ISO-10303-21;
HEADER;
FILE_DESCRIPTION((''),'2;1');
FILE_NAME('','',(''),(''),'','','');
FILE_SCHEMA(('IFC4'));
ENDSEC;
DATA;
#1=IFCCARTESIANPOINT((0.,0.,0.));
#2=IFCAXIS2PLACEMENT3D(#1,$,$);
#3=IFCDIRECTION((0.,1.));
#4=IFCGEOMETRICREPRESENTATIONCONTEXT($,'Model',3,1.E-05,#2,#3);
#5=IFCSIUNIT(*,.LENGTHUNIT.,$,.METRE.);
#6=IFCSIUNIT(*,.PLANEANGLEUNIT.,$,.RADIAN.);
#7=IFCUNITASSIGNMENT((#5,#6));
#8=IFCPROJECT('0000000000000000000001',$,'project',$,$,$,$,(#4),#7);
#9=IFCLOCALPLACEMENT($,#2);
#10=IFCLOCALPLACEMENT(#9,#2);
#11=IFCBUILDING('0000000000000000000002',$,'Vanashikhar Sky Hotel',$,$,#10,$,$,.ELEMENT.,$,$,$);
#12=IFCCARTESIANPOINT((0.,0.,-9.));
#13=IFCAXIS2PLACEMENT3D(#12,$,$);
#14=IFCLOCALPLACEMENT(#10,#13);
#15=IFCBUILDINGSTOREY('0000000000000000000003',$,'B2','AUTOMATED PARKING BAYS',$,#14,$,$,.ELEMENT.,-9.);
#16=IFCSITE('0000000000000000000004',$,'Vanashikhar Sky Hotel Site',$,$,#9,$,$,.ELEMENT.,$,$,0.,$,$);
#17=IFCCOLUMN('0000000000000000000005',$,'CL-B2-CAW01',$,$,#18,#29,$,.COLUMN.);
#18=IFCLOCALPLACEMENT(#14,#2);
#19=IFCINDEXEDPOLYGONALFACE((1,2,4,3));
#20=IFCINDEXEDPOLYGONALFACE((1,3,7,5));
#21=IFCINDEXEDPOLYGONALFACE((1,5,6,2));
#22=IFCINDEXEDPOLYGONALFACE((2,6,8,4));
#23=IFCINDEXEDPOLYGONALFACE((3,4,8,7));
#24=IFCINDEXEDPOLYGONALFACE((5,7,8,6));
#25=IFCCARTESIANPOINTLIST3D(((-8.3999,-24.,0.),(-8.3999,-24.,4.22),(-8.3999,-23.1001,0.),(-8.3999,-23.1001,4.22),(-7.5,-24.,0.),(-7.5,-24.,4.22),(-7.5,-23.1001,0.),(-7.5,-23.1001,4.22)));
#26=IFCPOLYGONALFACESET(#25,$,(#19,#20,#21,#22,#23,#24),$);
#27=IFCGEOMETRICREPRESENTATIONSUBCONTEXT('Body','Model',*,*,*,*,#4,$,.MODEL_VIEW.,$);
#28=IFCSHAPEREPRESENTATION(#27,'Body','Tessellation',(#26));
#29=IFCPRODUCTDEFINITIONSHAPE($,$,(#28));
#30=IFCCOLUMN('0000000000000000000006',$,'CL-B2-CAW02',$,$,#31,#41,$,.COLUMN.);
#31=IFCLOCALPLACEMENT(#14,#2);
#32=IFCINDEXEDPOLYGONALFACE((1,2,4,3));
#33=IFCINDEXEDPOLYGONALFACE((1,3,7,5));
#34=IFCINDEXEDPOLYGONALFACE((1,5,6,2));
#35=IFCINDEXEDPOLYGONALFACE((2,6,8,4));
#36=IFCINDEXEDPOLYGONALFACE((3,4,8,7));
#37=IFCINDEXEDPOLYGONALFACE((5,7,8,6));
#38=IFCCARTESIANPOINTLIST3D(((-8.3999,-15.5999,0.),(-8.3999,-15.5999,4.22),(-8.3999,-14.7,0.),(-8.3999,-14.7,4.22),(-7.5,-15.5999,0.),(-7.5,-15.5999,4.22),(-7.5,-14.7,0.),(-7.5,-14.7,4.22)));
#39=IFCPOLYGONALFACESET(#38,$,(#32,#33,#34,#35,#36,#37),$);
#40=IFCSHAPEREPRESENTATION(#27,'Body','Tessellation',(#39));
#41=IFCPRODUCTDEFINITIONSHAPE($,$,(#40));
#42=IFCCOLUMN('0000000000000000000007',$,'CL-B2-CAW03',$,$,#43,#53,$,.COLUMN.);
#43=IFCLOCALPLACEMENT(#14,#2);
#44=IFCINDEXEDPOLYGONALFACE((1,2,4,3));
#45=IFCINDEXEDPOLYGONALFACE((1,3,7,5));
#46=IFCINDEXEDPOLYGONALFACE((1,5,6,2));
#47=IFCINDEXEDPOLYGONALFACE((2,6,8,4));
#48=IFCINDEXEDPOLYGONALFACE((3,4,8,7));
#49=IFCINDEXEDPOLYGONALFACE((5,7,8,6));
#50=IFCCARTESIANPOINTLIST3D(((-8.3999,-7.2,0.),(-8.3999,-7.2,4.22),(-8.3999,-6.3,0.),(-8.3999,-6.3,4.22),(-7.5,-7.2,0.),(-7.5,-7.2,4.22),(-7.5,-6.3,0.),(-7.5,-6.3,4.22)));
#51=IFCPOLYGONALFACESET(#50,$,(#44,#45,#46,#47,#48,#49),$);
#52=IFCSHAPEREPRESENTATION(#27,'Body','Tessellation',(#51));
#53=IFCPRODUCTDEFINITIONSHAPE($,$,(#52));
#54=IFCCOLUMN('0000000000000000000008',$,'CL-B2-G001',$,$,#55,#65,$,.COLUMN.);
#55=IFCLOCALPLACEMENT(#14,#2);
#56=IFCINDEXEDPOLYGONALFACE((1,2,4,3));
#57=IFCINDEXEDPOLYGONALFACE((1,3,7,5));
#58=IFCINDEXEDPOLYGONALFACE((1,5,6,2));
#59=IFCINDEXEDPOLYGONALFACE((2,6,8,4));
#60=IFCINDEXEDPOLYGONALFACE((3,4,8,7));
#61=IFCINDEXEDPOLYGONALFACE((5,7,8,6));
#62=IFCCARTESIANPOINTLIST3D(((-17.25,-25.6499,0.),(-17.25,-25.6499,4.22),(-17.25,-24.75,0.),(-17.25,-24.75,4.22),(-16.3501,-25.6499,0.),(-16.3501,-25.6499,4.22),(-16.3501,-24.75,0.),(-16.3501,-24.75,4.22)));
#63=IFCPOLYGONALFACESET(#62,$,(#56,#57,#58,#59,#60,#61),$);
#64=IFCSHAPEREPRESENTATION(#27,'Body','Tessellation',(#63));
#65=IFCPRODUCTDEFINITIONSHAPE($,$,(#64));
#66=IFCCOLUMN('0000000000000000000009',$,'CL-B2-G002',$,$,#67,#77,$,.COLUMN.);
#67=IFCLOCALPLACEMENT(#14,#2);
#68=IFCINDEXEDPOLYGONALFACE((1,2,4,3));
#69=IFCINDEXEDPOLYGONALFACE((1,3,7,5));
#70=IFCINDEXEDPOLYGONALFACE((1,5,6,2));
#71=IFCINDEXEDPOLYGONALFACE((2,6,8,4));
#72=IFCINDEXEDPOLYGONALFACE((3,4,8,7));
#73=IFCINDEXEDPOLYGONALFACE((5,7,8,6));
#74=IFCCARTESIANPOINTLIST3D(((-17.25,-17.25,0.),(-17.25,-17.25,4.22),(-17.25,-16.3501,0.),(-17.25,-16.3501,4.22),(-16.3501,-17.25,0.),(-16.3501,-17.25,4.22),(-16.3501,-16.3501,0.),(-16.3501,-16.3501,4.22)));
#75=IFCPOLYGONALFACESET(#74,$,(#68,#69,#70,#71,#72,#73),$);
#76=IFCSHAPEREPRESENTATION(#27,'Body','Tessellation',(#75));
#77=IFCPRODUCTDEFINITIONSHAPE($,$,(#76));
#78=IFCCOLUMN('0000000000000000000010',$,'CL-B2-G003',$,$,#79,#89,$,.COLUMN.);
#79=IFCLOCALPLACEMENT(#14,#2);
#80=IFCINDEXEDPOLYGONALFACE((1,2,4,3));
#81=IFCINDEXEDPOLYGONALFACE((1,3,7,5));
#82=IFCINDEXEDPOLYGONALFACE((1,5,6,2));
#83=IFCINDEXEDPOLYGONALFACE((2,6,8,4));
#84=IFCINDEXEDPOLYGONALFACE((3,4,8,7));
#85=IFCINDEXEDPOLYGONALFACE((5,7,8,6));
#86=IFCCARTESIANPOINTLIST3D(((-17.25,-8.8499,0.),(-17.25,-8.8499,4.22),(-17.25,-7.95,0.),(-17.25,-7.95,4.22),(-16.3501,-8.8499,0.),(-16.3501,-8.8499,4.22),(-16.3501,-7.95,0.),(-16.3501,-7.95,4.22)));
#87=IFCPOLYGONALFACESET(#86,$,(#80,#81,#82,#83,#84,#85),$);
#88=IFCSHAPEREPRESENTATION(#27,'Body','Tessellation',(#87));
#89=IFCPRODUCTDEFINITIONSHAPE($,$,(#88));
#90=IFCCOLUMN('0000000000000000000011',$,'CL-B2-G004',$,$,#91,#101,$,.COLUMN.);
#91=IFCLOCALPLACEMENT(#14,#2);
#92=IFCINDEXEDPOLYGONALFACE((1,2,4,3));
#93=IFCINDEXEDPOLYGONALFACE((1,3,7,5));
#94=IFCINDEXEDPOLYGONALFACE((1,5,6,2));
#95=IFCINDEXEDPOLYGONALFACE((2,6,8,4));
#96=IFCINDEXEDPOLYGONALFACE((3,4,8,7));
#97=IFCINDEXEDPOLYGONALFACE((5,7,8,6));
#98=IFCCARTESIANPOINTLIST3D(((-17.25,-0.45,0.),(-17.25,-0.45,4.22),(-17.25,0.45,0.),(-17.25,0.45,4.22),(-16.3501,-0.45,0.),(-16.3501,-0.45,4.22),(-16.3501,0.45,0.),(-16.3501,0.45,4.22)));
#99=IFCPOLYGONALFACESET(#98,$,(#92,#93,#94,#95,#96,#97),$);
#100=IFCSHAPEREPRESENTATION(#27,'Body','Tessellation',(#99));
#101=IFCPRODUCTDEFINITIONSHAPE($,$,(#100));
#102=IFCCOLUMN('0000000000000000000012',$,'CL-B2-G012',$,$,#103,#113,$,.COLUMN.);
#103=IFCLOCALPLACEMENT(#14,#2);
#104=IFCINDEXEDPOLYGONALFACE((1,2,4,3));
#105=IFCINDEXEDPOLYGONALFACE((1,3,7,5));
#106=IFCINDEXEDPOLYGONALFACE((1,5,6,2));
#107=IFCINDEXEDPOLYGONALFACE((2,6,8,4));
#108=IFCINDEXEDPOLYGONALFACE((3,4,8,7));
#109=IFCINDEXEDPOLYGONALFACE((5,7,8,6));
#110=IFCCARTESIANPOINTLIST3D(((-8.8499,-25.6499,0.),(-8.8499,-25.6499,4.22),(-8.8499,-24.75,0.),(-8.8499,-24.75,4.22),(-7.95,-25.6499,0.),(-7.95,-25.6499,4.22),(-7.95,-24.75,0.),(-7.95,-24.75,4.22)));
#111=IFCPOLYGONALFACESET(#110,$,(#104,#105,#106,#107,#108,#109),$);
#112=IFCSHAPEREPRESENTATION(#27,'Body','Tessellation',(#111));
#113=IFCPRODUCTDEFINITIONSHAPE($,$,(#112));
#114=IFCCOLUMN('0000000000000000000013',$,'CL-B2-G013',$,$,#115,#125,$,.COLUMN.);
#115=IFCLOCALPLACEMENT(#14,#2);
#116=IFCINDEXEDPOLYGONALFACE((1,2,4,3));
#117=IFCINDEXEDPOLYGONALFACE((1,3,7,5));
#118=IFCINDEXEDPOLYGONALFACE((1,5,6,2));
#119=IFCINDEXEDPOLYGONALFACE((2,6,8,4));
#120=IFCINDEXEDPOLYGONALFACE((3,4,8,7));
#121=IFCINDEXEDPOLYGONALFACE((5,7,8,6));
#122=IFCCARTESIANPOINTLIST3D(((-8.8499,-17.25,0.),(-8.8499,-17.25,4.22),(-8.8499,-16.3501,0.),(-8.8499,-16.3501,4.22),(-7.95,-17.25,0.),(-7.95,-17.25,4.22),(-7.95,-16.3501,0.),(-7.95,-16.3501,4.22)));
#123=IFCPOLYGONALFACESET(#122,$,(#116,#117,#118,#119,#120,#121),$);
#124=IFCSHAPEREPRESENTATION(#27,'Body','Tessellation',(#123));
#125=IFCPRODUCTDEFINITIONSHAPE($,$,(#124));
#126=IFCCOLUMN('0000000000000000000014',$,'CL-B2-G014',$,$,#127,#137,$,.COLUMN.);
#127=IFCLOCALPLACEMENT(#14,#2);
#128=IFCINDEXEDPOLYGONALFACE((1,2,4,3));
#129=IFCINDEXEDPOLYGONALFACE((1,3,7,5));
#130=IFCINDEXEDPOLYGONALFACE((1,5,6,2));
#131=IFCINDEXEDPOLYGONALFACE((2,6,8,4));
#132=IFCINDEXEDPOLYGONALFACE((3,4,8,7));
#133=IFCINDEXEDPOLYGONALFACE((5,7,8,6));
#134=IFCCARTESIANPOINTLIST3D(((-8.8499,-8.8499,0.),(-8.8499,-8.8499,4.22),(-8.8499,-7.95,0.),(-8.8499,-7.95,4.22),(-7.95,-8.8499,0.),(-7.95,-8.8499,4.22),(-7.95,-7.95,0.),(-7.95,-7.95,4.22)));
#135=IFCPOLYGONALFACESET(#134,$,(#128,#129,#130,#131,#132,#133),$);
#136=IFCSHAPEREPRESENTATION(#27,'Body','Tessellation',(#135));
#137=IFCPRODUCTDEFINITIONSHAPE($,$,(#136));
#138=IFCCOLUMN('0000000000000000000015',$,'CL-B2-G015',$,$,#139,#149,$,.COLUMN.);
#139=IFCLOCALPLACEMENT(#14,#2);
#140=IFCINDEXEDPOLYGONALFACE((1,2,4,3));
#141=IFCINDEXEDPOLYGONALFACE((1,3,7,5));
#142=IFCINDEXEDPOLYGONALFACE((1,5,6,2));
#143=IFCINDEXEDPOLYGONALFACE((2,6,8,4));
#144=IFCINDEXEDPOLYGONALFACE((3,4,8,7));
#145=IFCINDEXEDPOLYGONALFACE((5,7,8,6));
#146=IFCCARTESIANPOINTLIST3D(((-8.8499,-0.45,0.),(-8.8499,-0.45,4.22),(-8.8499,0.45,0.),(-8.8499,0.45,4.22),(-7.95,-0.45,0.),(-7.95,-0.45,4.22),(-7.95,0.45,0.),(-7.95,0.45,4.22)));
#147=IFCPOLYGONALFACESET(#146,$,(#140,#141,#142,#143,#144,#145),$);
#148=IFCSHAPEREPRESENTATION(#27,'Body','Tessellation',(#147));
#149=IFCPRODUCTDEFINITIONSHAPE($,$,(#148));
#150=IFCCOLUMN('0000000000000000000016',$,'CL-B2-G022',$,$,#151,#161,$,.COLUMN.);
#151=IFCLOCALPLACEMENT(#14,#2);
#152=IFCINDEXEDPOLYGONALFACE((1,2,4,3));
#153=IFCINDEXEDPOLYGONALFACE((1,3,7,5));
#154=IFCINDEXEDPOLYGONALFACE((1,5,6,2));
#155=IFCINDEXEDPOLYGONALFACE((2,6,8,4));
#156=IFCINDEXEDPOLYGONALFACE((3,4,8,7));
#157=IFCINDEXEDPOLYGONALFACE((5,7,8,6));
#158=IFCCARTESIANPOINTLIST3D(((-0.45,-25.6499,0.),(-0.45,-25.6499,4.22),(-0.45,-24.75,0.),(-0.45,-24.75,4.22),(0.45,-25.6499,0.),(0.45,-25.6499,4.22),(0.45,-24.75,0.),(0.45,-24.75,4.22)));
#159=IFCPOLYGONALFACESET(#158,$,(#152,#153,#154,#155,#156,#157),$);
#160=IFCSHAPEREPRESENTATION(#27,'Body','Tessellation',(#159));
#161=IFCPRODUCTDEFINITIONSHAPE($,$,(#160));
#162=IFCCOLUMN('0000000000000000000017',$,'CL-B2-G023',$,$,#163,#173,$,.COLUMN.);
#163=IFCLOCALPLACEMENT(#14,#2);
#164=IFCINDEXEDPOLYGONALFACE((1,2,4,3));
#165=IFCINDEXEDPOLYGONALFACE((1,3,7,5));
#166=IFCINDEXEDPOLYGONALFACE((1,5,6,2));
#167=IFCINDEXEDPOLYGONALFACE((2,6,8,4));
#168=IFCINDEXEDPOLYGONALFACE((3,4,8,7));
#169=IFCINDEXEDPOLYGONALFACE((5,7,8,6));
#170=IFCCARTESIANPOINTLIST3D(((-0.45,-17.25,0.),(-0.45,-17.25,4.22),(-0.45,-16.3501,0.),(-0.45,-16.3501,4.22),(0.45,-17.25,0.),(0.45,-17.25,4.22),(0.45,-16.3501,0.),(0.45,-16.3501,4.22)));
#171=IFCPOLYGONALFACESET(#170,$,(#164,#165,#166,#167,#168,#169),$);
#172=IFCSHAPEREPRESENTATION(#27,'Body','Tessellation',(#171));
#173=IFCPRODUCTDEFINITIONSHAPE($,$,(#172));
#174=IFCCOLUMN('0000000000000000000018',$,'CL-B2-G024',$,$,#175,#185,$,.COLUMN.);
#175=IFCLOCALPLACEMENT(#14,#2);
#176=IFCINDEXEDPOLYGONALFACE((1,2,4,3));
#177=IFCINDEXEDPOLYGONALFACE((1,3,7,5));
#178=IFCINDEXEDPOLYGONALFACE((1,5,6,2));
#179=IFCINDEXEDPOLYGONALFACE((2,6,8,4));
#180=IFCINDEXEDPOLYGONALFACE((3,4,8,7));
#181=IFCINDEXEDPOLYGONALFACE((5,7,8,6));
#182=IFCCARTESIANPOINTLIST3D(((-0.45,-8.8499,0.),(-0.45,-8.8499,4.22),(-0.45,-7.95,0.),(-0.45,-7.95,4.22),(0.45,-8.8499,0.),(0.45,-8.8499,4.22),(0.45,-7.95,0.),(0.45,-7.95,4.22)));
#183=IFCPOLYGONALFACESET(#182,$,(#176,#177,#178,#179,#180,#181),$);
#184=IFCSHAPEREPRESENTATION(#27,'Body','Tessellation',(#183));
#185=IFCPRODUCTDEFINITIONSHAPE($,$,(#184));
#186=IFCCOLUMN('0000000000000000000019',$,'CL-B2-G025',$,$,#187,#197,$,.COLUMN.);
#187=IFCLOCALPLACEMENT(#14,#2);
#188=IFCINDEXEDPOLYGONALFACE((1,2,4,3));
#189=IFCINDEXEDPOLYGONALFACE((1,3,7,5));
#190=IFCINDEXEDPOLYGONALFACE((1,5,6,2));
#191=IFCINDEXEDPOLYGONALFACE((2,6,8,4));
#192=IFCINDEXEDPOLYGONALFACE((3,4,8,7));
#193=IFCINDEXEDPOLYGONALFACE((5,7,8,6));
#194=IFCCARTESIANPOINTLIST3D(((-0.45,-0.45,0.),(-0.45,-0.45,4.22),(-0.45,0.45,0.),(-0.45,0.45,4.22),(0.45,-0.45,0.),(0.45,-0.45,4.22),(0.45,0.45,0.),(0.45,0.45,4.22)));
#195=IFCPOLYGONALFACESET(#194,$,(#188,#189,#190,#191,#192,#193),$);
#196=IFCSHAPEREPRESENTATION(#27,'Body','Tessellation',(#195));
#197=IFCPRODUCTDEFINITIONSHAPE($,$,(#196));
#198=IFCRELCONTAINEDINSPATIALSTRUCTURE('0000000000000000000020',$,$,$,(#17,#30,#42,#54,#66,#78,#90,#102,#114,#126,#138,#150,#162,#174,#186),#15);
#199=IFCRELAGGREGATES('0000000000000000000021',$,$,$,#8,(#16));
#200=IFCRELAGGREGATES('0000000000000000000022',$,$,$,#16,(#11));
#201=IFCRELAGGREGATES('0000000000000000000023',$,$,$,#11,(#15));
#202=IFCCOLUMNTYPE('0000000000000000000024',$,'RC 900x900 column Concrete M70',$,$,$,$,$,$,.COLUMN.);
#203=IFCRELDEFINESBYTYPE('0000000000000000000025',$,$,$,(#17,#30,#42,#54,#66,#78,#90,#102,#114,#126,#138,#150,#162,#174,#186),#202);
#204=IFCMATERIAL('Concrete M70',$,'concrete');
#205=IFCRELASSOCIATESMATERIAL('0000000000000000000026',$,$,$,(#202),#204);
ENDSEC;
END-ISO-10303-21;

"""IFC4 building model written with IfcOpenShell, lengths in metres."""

from ifc_helpers import new_model, si_unit, direction, frame, origin, origin_2d, place, context, subcontext, project, spatial, rectangle, extrude, source, transform, mapped, material, material_profile, profile_set, type_object, element, save


model = new_model("IFC4")

# Units and contexts
model_context = context("Model", 3, precision=1e-05, world=origin(), true_north=direction((0.0, 1.0)))
body_context = subcontext(model_context, "Body", "Model", "MODEL_VIEW")
ifc_project = project(units=[si_unit("LENGTHUNIT", "METRE"), si_unit("PLANEANGLEUNIT", "RADIAN")], contexts=[model_context])

# Site, building, storey
site_placement = place(None, origin())
site = spatial("IfcSite", under=ifc_project, at=site_placement, Name="Vanashikhar Sky Hotel Site", CompositionType="ELEMENT", RefElevation=0.0)
building_placement = place(site_placement, origin())
building = spatial("IfcBuilding", under=site, at=building_placement, Name="Vanashikhar Sky Hotel", CompositionType="ELEMENT")
storey_placement = place(building_placement, frame((0.0, 0.0, -9.0)))
storey = spatial("IfcBuildingStorey", under=building, at=storey_placement, Name="B2", Description="AUTOMATED PARKING BAYS", CompositionType="ELEMENT", Elevation=-9.0)

# Columns
ifc_material_1 = material(Name="Concrete M70", Category="concrete")
ifc_material_profile = material_profile(ifc_material_1, rectangle(XDim=0.8999, YDim=0.8999, at=origin_2d()))
ifc_profile_set = profile_set([ifc_material_profile], Name="RC 900x900 column Concrete M70")
column_type = type_object("IfcColumnType", Name="RC 900x900 column Concrete M70", PredefinedType="COLUMN", material=ifc_profile_set)
shared_shape_1 = source(origin(), body_context, "Body", "SweptSolid", [
    extrude(rectangle(XDim=0.8999, YDim=0.8999, at=origin_2d()), origin(), (0.0, 0.0, 1.0), 4.22),
])
for number, where, z_axis, x_axis, name in (
    (1, (-7.95, -23.55, 0.0), (0.0, 0.0, 1.0), (1.0, 0.0, 0.0), "CL-B2-CAW01"),
    (2, (-7.95, -15.1499, 0.0), (0.0, 0.0, 1.0), (1.0, 0.0, 0.0), "CL-B2-CAW02"),
    (3, (-7.95, -6.75, 0.0), (0.0, 0.0, 1.0), (1.0, 0.0, 0.0), "CL-B2-CAW03"),
    (4, (-16.8, -25.2, 0.0), (0.0, 0.0, 1.0), (1.0, 0.0, 0.0), "CL-B2-G001"),
    (5, (-16.8, -16.8, 0.0), (0.0, 0.0, 1.0), (1.0, 0.0, 0.0), "CL-B2-G002"),
    (6, (-16.8, -8.3999, 0.0), (0.0, 0.0, 1.0), (1.0, 0.0, 0.0), "CL-B2-G003"),
    (7, (-16.8, 0.0, 0.0), (0.0, 0.0, 1.0), (1.0, 0.0, 0.0), "CL-B2-G004"),
    (8, (-8.3999, -25.2, 0.0), (0.0, 0.0, 1.0), (1.0, 0.0, 0.0), "CL-B2-G012"),
    (9, (-8.3999, -16.8, 0.0), (0.0, 0.0, 1.0), (1.0, 0.0, 0.0), "CL-B2-G013"),
    (10, (-8.3999, -8.3999, 0.0), (0.0, 0.0, 1.0), (1.0, 0.0, 0.0), "CL-B2-G014"),
    (11, (-8.3999, 0.0, 0.0), (0.0, 0.0, 1.0), (1.0, 0.0, 0.0), "CL-B2-G015"),
    (12, (0.0, -25.2, 0.0), (0.0, 0.0, 1.0), (1.0, 0.0, 0.0), "CL-B2-G022"),
    (13, (0.0, -16.8, 0.0), (0.0, 0.0, 1.0), (1.0, 0.0, 0.0), "CL-B2-G023"),
    (14, (0.0, -8.3999, 0.0), (0.0, 0.0, 1.0), (1.0, 0.0, 0.0), "CL-B2-G024"),
    (15, (0.0, 0.0, 0.0), (0.0, 0.0, 1.0), (1.0, 0.0, 0.0), "CL-B2-G025"),
):
    element("IfcColumn", number, at=place(storey_placement, frame(where, z_axis=z_axis, x_axis=x_axis)), inside=storey, type_object=column_type, Name=name, PredefinedType="COLUMN", context=body_context, shape_type="MappedRepresentation", body=[
        mapped(shared_shape_1, transform((0.0, 0.0, 0.0), scale=1.0)),
    ])

save(model, "model.ifc")
